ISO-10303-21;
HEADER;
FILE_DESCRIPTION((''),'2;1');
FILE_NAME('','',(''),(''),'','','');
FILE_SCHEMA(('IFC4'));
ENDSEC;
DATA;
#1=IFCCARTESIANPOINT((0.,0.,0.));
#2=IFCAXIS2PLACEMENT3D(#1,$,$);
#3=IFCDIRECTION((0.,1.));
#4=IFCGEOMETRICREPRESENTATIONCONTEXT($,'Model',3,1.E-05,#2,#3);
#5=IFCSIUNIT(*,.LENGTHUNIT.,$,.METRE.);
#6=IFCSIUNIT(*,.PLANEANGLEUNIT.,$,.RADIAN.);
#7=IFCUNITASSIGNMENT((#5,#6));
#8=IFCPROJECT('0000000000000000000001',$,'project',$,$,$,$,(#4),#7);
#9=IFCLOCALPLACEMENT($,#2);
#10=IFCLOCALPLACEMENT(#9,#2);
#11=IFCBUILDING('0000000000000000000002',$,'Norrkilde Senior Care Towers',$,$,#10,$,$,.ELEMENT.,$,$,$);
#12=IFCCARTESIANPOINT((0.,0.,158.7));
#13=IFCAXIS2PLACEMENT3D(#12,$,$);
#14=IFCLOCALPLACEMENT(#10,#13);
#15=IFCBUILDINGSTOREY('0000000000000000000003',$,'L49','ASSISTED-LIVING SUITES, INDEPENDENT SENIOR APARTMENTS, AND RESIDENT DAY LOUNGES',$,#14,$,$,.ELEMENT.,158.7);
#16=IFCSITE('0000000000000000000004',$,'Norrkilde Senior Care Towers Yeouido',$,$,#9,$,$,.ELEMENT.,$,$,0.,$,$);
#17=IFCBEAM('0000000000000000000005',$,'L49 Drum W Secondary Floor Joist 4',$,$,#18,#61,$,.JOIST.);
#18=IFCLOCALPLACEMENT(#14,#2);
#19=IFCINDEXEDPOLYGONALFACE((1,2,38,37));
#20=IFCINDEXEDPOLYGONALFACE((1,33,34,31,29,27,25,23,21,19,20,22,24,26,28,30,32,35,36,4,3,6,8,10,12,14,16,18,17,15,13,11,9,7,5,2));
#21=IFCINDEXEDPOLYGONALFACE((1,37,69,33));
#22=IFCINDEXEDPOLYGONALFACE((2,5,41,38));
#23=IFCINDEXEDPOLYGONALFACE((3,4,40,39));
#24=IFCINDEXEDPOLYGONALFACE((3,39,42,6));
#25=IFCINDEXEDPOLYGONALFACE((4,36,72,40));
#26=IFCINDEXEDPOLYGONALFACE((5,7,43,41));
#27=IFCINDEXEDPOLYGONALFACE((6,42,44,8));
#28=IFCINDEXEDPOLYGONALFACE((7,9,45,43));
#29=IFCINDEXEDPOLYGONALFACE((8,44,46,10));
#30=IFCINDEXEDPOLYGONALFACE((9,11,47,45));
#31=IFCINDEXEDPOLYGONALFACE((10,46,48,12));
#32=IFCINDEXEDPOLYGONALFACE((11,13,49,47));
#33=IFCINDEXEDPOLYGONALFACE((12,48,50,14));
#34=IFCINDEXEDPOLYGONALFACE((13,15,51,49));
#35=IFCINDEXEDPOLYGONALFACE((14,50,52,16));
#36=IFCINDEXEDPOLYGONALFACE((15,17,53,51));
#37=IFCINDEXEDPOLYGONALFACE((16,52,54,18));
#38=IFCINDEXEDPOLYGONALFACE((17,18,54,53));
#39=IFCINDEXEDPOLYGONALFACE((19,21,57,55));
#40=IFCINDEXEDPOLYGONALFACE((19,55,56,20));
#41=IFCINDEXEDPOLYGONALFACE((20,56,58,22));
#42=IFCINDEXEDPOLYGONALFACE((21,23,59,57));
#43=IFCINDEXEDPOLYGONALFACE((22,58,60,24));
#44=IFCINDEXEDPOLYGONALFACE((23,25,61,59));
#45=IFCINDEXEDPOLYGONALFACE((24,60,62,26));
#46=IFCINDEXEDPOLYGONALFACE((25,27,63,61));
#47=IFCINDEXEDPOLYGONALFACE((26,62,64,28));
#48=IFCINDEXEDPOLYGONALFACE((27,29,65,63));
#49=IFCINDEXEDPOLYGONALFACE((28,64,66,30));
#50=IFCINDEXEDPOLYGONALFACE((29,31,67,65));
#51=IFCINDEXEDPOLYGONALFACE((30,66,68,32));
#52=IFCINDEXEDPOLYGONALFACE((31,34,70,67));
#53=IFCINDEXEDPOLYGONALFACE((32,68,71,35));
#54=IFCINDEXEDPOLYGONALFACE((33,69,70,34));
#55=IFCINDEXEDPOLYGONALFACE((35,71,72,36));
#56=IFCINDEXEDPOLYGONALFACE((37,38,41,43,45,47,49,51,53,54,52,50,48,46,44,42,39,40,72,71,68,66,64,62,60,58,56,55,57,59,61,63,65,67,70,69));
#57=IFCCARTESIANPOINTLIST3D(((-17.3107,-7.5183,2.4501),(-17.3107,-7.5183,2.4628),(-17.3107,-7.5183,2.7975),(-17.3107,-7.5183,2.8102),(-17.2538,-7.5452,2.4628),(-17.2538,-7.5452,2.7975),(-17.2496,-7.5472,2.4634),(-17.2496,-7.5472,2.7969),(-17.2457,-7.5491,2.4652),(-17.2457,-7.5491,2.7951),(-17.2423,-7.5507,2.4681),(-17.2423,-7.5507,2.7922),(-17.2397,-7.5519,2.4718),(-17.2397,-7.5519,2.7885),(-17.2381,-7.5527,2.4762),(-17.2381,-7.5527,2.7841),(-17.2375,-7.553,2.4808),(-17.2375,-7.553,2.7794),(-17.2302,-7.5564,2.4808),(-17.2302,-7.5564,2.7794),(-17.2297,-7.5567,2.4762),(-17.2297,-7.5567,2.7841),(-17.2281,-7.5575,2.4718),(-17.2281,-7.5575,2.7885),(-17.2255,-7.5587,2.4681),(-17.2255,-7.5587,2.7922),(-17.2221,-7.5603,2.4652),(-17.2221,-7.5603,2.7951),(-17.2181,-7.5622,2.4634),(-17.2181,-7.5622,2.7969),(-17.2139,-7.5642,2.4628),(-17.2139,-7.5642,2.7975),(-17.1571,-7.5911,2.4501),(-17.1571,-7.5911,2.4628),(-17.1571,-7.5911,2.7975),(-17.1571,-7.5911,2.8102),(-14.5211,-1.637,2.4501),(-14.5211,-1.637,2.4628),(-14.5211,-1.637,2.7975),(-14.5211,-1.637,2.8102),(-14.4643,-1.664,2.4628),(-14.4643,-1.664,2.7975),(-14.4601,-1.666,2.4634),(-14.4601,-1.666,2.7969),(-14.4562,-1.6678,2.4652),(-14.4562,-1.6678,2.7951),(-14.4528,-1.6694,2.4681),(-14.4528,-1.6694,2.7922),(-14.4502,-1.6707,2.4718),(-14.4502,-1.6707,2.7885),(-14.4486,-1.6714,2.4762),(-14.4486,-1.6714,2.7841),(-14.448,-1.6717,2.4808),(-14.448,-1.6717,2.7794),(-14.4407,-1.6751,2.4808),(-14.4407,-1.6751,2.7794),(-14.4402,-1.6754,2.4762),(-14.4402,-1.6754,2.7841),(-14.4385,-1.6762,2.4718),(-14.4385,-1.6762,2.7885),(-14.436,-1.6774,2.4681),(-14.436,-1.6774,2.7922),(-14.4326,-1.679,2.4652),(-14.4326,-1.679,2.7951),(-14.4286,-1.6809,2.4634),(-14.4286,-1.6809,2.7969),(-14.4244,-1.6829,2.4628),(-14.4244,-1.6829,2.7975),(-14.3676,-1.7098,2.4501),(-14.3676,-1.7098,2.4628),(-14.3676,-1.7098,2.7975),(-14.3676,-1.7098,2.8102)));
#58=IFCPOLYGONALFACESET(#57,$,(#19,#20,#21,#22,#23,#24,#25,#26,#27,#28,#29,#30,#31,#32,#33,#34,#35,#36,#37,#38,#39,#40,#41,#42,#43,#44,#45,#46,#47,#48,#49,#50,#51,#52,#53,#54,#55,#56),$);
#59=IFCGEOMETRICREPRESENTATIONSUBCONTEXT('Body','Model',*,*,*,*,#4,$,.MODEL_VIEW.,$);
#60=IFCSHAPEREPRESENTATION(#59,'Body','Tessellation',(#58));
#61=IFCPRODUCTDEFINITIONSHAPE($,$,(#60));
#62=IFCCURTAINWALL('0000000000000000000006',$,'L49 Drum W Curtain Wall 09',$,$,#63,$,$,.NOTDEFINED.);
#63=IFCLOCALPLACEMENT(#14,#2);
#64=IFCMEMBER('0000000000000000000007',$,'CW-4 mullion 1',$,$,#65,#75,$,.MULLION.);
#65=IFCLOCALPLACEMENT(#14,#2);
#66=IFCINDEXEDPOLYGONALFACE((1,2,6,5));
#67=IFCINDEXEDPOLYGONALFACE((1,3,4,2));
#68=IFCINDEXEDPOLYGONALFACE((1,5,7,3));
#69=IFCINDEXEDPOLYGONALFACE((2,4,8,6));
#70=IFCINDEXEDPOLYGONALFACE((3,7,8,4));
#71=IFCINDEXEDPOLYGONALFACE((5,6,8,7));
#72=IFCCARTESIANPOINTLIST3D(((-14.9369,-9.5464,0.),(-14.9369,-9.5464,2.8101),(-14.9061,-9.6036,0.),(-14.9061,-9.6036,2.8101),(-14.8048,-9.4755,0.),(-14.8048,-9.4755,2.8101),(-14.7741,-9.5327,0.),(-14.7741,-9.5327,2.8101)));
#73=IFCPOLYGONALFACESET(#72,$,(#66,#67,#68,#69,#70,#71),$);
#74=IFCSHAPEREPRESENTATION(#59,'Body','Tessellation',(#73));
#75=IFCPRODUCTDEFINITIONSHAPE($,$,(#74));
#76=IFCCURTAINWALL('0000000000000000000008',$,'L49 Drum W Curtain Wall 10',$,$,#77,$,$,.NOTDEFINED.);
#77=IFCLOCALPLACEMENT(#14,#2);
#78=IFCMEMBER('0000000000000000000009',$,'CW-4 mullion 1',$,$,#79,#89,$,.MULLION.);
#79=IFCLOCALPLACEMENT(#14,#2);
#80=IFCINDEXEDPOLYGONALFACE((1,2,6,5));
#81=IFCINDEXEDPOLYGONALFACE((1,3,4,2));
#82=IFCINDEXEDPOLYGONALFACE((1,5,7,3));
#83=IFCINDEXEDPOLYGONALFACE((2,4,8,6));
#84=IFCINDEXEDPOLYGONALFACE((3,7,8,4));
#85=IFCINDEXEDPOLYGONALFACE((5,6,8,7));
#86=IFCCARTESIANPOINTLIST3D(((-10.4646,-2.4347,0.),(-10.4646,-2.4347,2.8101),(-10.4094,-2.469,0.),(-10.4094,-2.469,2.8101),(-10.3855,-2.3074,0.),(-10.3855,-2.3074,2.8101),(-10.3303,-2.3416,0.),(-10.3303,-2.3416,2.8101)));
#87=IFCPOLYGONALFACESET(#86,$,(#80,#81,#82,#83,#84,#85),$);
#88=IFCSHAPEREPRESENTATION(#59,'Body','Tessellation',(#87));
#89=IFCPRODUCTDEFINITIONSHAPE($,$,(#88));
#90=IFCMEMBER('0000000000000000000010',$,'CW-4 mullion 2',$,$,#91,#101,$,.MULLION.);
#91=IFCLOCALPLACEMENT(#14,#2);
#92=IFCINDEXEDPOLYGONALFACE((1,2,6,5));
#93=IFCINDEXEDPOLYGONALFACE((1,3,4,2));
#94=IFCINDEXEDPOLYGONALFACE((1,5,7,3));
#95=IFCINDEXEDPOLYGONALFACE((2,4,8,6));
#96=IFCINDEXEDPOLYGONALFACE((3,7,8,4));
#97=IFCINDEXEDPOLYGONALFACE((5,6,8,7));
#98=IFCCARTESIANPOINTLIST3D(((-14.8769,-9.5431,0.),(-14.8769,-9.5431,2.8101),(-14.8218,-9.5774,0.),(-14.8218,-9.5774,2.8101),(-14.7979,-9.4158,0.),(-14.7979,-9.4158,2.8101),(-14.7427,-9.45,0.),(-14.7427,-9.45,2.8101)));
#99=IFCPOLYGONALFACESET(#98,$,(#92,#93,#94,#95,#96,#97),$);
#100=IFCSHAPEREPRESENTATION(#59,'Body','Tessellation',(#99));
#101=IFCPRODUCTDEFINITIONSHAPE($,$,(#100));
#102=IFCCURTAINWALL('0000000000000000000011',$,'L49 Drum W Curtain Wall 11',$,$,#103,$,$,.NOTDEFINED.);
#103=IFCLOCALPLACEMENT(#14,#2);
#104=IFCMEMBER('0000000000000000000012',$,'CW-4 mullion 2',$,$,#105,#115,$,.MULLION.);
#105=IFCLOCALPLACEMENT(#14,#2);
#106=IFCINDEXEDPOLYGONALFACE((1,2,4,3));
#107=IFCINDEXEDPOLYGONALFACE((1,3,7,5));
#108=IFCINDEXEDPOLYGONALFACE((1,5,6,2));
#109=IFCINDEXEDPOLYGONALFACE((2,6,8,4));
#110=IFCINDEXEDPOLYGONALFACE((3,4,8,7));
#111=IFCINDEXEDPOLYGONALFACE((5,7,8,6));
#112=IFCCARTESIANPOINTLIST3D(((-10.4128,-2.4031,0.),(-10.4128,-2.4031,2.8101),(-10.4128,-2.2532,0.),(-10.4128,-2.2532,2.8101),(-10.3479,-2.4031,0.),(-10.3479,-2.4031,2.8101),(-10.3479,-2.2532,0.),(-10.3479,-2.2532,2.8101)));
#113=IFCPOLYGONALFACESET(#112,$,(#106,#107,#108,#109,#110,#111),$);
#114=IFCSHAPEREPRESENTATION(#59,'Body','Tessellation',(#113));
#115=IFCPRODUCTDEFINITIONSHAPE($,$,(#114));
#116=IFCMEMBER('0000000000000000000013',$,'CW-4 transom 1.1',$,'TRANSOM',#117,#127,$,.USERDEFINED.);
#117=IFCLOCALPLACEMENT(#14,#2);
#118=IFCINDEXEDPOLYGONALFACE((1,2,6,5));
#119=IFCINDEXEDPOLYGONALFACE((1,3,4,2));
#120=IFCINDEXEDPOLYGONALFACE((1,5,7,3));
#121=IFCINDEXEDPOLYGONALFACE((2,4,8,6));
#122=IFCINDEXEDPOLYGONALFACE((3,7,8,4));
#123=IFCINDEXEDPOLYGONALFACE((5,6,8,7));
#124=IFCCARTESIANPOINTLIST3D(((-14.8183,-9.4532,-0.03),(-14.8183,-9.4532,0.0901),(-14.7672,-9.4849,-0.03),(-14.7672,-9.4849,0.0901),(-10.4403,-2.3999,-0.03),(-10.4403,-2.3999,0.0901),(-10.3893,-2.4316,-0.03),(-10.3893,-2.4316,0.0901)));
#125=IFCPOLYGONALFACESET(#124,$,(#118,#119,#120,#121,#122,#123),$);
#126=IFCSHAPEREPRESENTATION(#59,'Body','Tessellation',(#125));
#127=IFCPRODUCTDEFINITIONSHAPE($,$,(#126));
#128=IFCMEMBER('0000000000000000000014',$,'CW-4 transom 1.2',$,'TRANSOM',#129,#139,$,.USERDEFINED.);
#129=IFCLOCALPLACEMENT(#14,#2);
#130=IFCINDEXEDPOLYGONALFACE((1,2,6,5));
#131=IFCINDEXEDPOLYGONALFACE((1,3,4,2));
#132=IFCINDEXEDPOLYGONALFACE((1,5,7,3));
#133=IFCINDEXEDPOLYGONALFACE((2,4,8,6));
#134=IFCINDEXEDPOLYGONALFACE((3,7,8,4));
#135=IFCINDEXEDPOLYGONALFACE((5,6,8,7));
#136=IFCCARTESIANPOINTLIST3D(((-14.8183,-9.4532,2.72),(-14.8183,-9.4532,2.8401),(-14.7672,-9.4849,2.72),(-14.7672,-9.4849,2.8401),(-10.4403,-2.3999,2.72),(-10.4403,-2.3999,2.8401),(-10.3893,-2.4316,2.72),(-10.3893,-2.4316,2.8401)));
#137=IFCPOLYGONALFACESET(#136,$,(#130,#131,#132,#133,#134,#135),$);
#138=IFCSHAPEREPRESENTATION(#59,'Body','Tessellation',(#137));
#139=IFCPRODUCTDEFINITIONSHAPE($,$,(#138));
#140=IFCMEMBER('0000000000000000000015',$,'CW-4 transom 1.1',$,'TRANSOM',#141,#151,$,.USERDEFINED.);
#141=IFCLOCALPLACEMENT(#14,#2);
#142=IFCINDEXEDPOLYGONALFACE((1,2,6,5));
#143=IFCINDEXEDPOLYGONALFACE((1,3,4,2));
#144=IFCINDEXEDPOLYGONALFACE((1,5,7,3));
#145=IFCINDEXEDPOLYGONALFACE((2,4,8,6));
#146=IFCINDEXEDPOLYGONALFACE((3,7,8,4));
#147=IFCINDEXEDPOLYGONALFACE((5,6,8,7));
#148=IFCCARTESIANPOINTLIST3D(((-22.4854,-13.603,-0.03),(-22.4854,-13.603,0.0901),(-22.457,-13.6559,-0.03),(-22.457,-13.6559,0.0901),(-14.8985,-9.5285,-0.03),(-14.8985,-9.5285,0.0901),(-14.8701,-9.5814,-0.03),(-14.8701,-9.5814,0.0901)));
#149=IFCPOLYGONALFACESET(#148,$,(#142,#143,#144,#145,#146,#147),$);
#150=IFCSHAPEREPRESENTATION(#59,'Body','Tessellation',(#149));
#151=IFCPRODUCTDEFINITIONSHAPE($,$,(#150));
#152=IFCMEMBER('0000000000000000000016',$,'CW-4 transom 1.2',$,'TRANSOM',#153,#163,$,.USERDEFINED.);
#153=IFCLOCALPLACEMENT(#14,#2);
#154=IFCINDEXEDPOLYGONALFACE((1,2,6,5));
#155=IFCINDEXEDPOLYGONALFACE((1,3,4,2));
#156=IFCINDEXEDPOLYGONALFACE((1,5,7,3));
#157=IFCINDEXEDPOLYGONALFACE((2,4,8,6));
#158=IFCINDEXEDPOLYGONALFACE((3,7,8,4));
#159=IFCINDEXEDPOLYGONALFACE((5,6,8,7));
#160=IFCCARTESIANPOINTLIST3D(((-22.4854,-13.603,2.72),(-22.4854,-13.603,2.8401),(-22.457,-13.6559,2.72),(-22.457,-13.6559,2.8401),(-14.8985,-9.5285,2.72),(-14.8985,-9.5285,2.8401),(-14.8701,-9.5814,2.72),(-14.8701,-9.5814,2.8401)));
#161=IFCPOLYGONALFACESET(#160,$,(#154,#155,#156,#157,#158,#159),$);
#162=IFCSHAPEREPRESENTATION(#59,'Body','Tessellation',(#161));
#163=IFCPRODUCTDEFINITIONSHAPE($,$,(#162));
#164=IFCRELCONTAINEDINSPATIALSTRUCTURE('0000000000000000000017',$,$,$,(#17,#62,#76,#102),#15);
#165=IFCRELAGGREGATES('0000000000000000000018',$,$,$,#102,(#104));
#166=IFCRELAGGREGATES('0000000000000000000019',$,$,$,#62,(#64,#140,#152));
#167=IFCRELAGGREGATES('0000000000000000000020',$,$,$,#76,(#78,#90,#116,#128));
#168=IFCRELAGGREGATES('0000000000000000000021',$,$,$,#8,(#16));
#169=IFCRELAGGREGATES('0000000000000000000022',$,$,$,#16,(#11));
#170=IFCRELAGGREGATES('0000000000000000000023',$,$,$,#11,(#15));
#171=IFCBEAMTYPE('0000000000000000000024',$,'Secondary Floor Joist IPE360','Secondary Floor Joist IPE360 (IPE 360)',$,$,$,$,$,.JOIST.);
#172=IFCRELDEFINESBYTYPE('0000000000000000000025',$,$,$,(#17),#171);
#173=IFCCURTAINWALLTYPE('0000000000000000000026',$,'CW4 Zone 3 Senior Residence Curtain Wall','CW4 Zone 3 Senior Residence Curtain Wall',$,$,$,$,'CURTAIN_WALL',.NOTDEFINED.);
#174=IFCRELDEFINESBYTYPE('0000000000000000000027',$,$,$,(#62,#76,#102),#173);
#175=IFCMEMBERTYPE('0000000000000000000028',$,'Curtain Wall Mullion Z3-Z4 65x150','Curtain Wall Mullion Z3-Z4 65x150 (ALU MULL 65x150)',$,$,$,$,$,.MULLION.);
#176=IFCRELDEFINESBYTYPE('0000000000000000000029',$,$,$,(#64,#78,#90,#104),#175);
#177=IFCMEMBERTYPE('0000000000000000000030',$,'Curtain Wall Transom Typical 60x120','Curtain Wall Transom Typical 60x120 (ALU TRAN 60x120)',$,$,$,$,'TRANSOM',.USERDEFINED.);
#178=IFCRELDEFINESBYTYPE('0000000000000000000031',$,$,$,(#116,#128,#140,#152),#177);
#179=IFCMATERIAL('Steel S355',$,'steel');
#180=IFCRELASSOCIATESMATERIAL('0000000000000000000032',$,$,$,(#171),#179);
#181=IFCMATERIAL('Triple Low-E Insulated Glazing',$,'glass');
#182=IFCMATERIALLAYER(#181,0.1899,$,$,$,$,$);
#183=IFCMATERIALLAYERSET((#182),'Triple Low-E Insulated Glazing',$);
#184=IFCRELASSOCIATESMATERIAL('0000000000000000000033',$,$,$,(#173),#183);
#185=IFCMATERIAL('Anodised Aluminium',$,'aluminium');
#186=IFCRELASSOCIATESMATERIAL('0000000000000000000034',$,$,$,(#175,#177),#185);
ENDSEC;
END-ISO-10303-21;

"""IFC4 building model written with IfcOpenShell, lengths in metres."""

from ifc_helpers import new_model, si_unit, direction, frame, origin, origin_2d, place, context, subcontext, project, spatial, rectangle, i_section, extrude, source, transform, mapped, material, layer, layer_set, material_profile, profile_set, type_object, type_shapes, element, aggregate, save


model = new_model("IFC4")

# Units and contexts
model_context = context("Model", 3, precision=1e-05, world=origin(), true_north=direction((0.0, 1.0)))
body_context = subcontext(model_context, "Body", "Model", "MODEL_VIEW")
ifc_project = project(units=[si_unit("LENGTHUNIT", "METRE"), si_unit("PLANEANGLEUNIT", "RADIAN")], contexts=[model_context])

# Site, building, storey
site_placement = place(None, origin())
site = spatial("IfcSite", under=ifc_project, at=site_placement, Name="Norrkilde Senior Care Towers Yeouido", CompositionType="ELEMENT", RefElevation=0.0)
building_placement = place(site_placement, origin())
building = spatial("IfcBuilding", under=site, at=building_placement, Name="Norrkilde Senior Care Towers", CompositionType="ELEMENT")
storey_placement = place(building_placement, frame((0.0, 0.0, 158.7)))
storey = spatial("IfcBuildingStorey", under=building, at=storey_placement, Name="L49", Description="ASSISTED-LIVING SUITES, INDEPENDENT SENIOR APARTMENTS, AND RESIDENT DAY LOUNGES", CompositionType="ELEMENT", Elevation=158.7)

# Beam
ifc_material_1 = material(Name="Steel S355", Category="steel")
ifc_material_profile_1 = material_profile(ifc_material_1, i_section(OverallWidth=0.1699, OverallDepth=0.3601, WebThickness=0.0081, FlangeThickness=0.0127, FilletRadius=0.0181, at=origin_2d()), Name="IPE 360")
ifc_profile_set_1 = profile_set([ifc_material_profile_1], Name="Steel S355")
beam_type_1 = type_object("IfcBeamType", Name="Secondary Floor Joist IPE360", Description="Secondary Floor Joist IPE360 (IPE 360)", PredefinedType="JOIST", material=ifc_profile_set_1)
shared_shape_1 = source(origin(), body_context, "Body", "SweptSolid", [
    extrude(i_section(OverallWidth=0.1699, OverallDepth=0.3601, WebThickness=0.0081, FlangeThickness=0.0127, FilletRadius=0.0181, at=origin_2d()), origin(), (0.0, 0.0, 1.0), 6.5093),
])
type_shapes(beam_type_1, [shared_shape_1])
beam_1_placement = place(storey_placement, frame((-17.2339, -7.5547, 2.6301), z_axis=(0.428544, 0.903521, 0.0), x_axis=(-0.903521, 0.428544, 0.0)))
element("IfcBeam", 1, at=beam_1_placement, inside=storey, type_object=beam_type_1, Name="L49 Drum W Secondary Floor Joist 4", PredefinedType="JOIST", context=body_context, shape_type="MappedRepresentation", body=[
    mapped(shared_shape_1, transform((0.0, 0.0, 0.0), x_axis=(1.0, 0.0, 0.0), y_axis=(0.0, 1.0, 0.0), z_axis=(0.0, 0.0, 1.0), scale=1.0)),
])

# Curtain wall, member
ifc_material_2 = material(Name="Triple Low-E Insulated Glazing", Category="glass")
ifc_layer_1 = layer(ifc_material_2, 0.1899)
ifc_layer_set_1 = layer_set([ifc_layer_1], Name="Triple Low-E Insulated Glazing")
curtain_wall_type = type_object("IfcCurtainWallType", Name="CW4 Zone 3 Senior Residence Curtain Wall", Description="CW4 Zone 3 Senior Residence Curtain Wall", ElementType="CURTAIN_WALL", PredefinedType="NOTDEFINED", material=ifc_layer_set_1)
curtain_wall_1_placement = place(storey_placement, origin())
curtain_wall_1 = element("IfcCurtainWall", 2, at=curtain_wall_1_placement, inside=storey, type_object=curtain_wall_type, Name="L49 Drum W Curtain Wall 09", PredefinedType="NOTDEFINED")
ifc_material_3 = material(Name="Anodised Aluminium", Category="aluminium")
ifc_material_profile_2 = material_profile(ifc_material_3, rectangle(XDim=0.0649, YDim=0.1499, at=origin_2d()), Name="ALU MULL 65x150")
ifc_profile_set_2 = profile_set([ifc_material_profile_2], Name="Anodised Aluminium")
member_type_1 = type_object("IfcMemberType", Name="Curtain Wall Mullion Z3-Z4 65x150", Description="Curtain Wall Mullion Z3-Z4 65x150 (ALU MULL 65x150)", PredefinedType="MULLION", material=ifc_profile_set_2)
shared_shape_2 = source(origin(), body_context, "Body", "SweptSolid", [
    extrude(rectangle(XDim=0.0649, YDim=0.1499, at=origin_2d()), origin(), (0.0, 0.0, 1.0), 2.8101),
])
type_shapes(member_type_1, [shared_shape_2])
member_1_placement = place(storey_placement, frame((-14.8555, -9.5396, 0.0), z_axis=(0.0, 0.0, 1.0), x_axis=(0.473117, -0.881, 0.0)))
member_1 = element("IfcMember", 3, at=member_1_placement, type_object=member_type_1, Name="CW-4 mullion 1", PredefinedType="MULLION", context=body_context, shape_type="MappedRepresentation", body=[
    mapped(shared_shape_2, transform((0.0, 0.0, 0.0), x_axis=(1.0, 0.0, 0.0), y_axis=(0.0, 1.0, 0.0), z_axis=(0.0, 0.0, 1.0), scale=1.0)),
])

# Curtain wall, members
curtain_wall_2_placement = place(storey_placement, origin())
curtain_wall_2 = element("IfcCurtainWall", 4, at=curtain_wall_2_placement, inside=storey, type_object=curtain_wall_type, Name="L49 Drum W Curtain Wall 10", PredefinedType="NOTDEFINED")
member_2_placement = place(storey_placement, frame((-10.3975, -2.3882, 0.0), z_axis=(0.0, 0.0, 1.0), x_axis=(0.849634, -0.527373, 0.0)))
member_2 = element("IfcMember", 5, at=member_2_placement, type_object=member_type_1, Name="CW-4 mullion 1", PredefinedType="MULLION", context=body_context, shape_type="MappedRepresentation", body=[
    mapped(shared_shape_2, transform((0.0, 0.0, 0.0), x_axis=(1.0, 0.0, 0.0), y_axis=(0.0, 1.0, 0.0), z_axis=(0.0, 0.0, 1.0), scale=1.0)),
])
member_3_placement = place(storey_placement, frame((-14.8098, -9.4966, 0.0), z_axis=(0.0, 0.0, 1.0), x_axis=(0.849634, -0.527373, 0.0)))
member_3 = element("IfcMember", 6, at=member_3_placement, type_object=member_type_1, Name="CW-4 mullion 2", PredefinedType="MULLION", context=body_context, shape_type="MappedRepresentation", body=[
    mapped(shared_shape_2, transform((0.0, 0.0, 0.0), x_axis=(1.0, 0.0, 0.0), y_axis=(0.0, 1.0, 0.0), z_axis=(0.0, 0.0, 1.0), scale=1.0)),
])

# Curtain wall, member
curtain_wall_3_placement = place(storey_placement, origin())
curtain_wall_3 = element("IfcCurtainWall", 7, at=curtain_wall_3_placement, inside=storey, type_object=curtain_wall_type, Name="L49 Drum W Curtain Wall 11", PredefinedType="NOTDEFINED")
member_4_placement = place(storey_placement, frame((-10.3804, -2.3281, 0.0), z_axis=(0.0, 0.0, 1.0), x_axis=(1.0, 0.0, 0.0)))
member_4 = element("IfcMember", 8, at=member_4_placement, type_object=member_type_1, Name="CW-4 mullion 2", PredefinedType="MULLION", context=body_context, shape_type="MappedRepresentation", body=[
    mapped(shared_shape_2, transform((0.0, 0.0, 0.0), x_axis=(1.0, 0.0, 0.0), y_axis=(0.0, 1.0, 0.0), z_axis=(0.0, 0.0, 1.0), scale=1.0)),
])
aggregate(curtain_wall_3, [member_4])

# Members
ifc_material_profile_3 = material_profile(ifc_material_3, rectangle(XDim=0.0601, YDim=0.1201, at=origin_2d()), Name="ALU TRAN 60x120")
ifc_profile_set_3 = profile_set([ifc_material_profile_3], Name="Anodised Aluminium")
member_type_2 = type_object("IfcMemberType", Name="Curtain Wall Transom Typical 60x120", Description="Curtain Wall Transom Typical 60x120 (ALU TRAN 60x120)", ElementType="TRANSOM", PredefinedType="USERDEFINED", material=ifc_profile_set_3)
shared_shape_3 = source(origin(), body_context, "Body", "SweptSolid", [
    extrude(rectangle(XDim=0.0601, YDim=0.1201, at=origin_2d()), origin(), (0.0, 0.0, 1.0), 8.3015),
])
member_5_placement = place(storey_placement, frame((-10.4148, -2.4158, 0.03), z_axis=(-0.527369, -0.849637, 0.0), x_axis=(0.849637, -0.527369, 0.0)))
member_5 = element("IfcMember", 9, at=member_5_placement, type_object=member_type_2, Name="CW-4 transom 1.1", ObjectType="TRANSOM", PredefinedType="USERDEFINED", context=body_context, shape_type="MappedRepresentation", body=[
    mapped(shared_shape_3, transform((0.0, 0.0, 0.0), x_axis=(1.0, 0.0, 0.0), y_axis=(0.0, 1.0, 0.0), z_axis=(0.0, 0.0, 1.0), scale=1.0)),
])
member_6_placement = place(storey_placement, frame((-10.4148, -2.4158, 2.78), z_axis=(-0.527369, -0.849637, 0.0), x_axis=(0.849637, -0.527369, 0.0)))
member_6 = element("IfcMember", 10, at=member_6_placement, type_object=member_type_2, Name="CW-4 transom 1.2", ObjectType="TRANSOM", PredefinedType="USERDEFINED", context=body_context, shape_type="MappedRepresentation", body=[
    mapped(shared_shape_3, transform((0.0, 0.0, 0.0), x_axis=(1.0, 0.0, 0.0), y_axis=(0.0, 1.0, 0.0), z_axis=(0.0, 0.0, 1.0), scale=1.0)),
])
shared_shape_4 = source(origin(), body_context, "Body", "SweptSolid", [
    extrude(rectangle(XDim=0.0601, YDim=0.1201, at=origin_2d()), origin(), (0.0, 0.0, 1.0), 8.6118),
])
type_shapes(member_type_2, [shared_shape_3, shared_shape_4])
member_7_placement = place(storey_placement, frame((-14.8843, -9.5549, 0.03), z_axis=(-0.880994, -0.473127, 0.0), x_axis=(0.473127, -0.880994, 0.0)))
member_7 = element("IfcMember", 11, at=member_7_placement, type_object=member_type_2, Name="CW-4 transom 1.1", ObjectType="TRANSOM", PredefinedType="USERDEFINED", context=body_context, shape_type="MappedRepresentation", body=[
    mapped(shared_shape_4, transform((0.0, 0.0, 0.0), x_axis=(1.0, 0.0, 0.0), y_axis=(0.0, 1.0, 0.0), z_axis=(0.0, 0.0, 1.0), scale=1.0)),
])
member_8_placement = place(storey_placement, frame((-14.8843, -9.5549, 2.78), z_axis=(-0.880994, -0.473127, 0.0), x_axis=(0.473127, -0.880994, 0.0)))
member_8 = element("IfcMember", 12, at=member_8_placement, type_object=member_type_2, Name="CW-4 transom 1.2", ObjectType="TRANSOM", PredefinedType="USERDEFINED", context=body_context, shape_type="MappedRepresentation", body=[
    mapped(shared_shape_4, transform((0.0, 0.0, 0.0), x_axis=(1.0, 0.0, 0.0), y_axis=(0.0, 1.0, 0.0), z_axis=(0.0, 0.0, 1.0), scale=1.0)),
])
aggregate(curtain_wall_1, [member_1, member_7, member_8])

aggregate(curtain_wall_2, [member_2, member_3, member_5, member_6])

save(model, "model.ifc")
